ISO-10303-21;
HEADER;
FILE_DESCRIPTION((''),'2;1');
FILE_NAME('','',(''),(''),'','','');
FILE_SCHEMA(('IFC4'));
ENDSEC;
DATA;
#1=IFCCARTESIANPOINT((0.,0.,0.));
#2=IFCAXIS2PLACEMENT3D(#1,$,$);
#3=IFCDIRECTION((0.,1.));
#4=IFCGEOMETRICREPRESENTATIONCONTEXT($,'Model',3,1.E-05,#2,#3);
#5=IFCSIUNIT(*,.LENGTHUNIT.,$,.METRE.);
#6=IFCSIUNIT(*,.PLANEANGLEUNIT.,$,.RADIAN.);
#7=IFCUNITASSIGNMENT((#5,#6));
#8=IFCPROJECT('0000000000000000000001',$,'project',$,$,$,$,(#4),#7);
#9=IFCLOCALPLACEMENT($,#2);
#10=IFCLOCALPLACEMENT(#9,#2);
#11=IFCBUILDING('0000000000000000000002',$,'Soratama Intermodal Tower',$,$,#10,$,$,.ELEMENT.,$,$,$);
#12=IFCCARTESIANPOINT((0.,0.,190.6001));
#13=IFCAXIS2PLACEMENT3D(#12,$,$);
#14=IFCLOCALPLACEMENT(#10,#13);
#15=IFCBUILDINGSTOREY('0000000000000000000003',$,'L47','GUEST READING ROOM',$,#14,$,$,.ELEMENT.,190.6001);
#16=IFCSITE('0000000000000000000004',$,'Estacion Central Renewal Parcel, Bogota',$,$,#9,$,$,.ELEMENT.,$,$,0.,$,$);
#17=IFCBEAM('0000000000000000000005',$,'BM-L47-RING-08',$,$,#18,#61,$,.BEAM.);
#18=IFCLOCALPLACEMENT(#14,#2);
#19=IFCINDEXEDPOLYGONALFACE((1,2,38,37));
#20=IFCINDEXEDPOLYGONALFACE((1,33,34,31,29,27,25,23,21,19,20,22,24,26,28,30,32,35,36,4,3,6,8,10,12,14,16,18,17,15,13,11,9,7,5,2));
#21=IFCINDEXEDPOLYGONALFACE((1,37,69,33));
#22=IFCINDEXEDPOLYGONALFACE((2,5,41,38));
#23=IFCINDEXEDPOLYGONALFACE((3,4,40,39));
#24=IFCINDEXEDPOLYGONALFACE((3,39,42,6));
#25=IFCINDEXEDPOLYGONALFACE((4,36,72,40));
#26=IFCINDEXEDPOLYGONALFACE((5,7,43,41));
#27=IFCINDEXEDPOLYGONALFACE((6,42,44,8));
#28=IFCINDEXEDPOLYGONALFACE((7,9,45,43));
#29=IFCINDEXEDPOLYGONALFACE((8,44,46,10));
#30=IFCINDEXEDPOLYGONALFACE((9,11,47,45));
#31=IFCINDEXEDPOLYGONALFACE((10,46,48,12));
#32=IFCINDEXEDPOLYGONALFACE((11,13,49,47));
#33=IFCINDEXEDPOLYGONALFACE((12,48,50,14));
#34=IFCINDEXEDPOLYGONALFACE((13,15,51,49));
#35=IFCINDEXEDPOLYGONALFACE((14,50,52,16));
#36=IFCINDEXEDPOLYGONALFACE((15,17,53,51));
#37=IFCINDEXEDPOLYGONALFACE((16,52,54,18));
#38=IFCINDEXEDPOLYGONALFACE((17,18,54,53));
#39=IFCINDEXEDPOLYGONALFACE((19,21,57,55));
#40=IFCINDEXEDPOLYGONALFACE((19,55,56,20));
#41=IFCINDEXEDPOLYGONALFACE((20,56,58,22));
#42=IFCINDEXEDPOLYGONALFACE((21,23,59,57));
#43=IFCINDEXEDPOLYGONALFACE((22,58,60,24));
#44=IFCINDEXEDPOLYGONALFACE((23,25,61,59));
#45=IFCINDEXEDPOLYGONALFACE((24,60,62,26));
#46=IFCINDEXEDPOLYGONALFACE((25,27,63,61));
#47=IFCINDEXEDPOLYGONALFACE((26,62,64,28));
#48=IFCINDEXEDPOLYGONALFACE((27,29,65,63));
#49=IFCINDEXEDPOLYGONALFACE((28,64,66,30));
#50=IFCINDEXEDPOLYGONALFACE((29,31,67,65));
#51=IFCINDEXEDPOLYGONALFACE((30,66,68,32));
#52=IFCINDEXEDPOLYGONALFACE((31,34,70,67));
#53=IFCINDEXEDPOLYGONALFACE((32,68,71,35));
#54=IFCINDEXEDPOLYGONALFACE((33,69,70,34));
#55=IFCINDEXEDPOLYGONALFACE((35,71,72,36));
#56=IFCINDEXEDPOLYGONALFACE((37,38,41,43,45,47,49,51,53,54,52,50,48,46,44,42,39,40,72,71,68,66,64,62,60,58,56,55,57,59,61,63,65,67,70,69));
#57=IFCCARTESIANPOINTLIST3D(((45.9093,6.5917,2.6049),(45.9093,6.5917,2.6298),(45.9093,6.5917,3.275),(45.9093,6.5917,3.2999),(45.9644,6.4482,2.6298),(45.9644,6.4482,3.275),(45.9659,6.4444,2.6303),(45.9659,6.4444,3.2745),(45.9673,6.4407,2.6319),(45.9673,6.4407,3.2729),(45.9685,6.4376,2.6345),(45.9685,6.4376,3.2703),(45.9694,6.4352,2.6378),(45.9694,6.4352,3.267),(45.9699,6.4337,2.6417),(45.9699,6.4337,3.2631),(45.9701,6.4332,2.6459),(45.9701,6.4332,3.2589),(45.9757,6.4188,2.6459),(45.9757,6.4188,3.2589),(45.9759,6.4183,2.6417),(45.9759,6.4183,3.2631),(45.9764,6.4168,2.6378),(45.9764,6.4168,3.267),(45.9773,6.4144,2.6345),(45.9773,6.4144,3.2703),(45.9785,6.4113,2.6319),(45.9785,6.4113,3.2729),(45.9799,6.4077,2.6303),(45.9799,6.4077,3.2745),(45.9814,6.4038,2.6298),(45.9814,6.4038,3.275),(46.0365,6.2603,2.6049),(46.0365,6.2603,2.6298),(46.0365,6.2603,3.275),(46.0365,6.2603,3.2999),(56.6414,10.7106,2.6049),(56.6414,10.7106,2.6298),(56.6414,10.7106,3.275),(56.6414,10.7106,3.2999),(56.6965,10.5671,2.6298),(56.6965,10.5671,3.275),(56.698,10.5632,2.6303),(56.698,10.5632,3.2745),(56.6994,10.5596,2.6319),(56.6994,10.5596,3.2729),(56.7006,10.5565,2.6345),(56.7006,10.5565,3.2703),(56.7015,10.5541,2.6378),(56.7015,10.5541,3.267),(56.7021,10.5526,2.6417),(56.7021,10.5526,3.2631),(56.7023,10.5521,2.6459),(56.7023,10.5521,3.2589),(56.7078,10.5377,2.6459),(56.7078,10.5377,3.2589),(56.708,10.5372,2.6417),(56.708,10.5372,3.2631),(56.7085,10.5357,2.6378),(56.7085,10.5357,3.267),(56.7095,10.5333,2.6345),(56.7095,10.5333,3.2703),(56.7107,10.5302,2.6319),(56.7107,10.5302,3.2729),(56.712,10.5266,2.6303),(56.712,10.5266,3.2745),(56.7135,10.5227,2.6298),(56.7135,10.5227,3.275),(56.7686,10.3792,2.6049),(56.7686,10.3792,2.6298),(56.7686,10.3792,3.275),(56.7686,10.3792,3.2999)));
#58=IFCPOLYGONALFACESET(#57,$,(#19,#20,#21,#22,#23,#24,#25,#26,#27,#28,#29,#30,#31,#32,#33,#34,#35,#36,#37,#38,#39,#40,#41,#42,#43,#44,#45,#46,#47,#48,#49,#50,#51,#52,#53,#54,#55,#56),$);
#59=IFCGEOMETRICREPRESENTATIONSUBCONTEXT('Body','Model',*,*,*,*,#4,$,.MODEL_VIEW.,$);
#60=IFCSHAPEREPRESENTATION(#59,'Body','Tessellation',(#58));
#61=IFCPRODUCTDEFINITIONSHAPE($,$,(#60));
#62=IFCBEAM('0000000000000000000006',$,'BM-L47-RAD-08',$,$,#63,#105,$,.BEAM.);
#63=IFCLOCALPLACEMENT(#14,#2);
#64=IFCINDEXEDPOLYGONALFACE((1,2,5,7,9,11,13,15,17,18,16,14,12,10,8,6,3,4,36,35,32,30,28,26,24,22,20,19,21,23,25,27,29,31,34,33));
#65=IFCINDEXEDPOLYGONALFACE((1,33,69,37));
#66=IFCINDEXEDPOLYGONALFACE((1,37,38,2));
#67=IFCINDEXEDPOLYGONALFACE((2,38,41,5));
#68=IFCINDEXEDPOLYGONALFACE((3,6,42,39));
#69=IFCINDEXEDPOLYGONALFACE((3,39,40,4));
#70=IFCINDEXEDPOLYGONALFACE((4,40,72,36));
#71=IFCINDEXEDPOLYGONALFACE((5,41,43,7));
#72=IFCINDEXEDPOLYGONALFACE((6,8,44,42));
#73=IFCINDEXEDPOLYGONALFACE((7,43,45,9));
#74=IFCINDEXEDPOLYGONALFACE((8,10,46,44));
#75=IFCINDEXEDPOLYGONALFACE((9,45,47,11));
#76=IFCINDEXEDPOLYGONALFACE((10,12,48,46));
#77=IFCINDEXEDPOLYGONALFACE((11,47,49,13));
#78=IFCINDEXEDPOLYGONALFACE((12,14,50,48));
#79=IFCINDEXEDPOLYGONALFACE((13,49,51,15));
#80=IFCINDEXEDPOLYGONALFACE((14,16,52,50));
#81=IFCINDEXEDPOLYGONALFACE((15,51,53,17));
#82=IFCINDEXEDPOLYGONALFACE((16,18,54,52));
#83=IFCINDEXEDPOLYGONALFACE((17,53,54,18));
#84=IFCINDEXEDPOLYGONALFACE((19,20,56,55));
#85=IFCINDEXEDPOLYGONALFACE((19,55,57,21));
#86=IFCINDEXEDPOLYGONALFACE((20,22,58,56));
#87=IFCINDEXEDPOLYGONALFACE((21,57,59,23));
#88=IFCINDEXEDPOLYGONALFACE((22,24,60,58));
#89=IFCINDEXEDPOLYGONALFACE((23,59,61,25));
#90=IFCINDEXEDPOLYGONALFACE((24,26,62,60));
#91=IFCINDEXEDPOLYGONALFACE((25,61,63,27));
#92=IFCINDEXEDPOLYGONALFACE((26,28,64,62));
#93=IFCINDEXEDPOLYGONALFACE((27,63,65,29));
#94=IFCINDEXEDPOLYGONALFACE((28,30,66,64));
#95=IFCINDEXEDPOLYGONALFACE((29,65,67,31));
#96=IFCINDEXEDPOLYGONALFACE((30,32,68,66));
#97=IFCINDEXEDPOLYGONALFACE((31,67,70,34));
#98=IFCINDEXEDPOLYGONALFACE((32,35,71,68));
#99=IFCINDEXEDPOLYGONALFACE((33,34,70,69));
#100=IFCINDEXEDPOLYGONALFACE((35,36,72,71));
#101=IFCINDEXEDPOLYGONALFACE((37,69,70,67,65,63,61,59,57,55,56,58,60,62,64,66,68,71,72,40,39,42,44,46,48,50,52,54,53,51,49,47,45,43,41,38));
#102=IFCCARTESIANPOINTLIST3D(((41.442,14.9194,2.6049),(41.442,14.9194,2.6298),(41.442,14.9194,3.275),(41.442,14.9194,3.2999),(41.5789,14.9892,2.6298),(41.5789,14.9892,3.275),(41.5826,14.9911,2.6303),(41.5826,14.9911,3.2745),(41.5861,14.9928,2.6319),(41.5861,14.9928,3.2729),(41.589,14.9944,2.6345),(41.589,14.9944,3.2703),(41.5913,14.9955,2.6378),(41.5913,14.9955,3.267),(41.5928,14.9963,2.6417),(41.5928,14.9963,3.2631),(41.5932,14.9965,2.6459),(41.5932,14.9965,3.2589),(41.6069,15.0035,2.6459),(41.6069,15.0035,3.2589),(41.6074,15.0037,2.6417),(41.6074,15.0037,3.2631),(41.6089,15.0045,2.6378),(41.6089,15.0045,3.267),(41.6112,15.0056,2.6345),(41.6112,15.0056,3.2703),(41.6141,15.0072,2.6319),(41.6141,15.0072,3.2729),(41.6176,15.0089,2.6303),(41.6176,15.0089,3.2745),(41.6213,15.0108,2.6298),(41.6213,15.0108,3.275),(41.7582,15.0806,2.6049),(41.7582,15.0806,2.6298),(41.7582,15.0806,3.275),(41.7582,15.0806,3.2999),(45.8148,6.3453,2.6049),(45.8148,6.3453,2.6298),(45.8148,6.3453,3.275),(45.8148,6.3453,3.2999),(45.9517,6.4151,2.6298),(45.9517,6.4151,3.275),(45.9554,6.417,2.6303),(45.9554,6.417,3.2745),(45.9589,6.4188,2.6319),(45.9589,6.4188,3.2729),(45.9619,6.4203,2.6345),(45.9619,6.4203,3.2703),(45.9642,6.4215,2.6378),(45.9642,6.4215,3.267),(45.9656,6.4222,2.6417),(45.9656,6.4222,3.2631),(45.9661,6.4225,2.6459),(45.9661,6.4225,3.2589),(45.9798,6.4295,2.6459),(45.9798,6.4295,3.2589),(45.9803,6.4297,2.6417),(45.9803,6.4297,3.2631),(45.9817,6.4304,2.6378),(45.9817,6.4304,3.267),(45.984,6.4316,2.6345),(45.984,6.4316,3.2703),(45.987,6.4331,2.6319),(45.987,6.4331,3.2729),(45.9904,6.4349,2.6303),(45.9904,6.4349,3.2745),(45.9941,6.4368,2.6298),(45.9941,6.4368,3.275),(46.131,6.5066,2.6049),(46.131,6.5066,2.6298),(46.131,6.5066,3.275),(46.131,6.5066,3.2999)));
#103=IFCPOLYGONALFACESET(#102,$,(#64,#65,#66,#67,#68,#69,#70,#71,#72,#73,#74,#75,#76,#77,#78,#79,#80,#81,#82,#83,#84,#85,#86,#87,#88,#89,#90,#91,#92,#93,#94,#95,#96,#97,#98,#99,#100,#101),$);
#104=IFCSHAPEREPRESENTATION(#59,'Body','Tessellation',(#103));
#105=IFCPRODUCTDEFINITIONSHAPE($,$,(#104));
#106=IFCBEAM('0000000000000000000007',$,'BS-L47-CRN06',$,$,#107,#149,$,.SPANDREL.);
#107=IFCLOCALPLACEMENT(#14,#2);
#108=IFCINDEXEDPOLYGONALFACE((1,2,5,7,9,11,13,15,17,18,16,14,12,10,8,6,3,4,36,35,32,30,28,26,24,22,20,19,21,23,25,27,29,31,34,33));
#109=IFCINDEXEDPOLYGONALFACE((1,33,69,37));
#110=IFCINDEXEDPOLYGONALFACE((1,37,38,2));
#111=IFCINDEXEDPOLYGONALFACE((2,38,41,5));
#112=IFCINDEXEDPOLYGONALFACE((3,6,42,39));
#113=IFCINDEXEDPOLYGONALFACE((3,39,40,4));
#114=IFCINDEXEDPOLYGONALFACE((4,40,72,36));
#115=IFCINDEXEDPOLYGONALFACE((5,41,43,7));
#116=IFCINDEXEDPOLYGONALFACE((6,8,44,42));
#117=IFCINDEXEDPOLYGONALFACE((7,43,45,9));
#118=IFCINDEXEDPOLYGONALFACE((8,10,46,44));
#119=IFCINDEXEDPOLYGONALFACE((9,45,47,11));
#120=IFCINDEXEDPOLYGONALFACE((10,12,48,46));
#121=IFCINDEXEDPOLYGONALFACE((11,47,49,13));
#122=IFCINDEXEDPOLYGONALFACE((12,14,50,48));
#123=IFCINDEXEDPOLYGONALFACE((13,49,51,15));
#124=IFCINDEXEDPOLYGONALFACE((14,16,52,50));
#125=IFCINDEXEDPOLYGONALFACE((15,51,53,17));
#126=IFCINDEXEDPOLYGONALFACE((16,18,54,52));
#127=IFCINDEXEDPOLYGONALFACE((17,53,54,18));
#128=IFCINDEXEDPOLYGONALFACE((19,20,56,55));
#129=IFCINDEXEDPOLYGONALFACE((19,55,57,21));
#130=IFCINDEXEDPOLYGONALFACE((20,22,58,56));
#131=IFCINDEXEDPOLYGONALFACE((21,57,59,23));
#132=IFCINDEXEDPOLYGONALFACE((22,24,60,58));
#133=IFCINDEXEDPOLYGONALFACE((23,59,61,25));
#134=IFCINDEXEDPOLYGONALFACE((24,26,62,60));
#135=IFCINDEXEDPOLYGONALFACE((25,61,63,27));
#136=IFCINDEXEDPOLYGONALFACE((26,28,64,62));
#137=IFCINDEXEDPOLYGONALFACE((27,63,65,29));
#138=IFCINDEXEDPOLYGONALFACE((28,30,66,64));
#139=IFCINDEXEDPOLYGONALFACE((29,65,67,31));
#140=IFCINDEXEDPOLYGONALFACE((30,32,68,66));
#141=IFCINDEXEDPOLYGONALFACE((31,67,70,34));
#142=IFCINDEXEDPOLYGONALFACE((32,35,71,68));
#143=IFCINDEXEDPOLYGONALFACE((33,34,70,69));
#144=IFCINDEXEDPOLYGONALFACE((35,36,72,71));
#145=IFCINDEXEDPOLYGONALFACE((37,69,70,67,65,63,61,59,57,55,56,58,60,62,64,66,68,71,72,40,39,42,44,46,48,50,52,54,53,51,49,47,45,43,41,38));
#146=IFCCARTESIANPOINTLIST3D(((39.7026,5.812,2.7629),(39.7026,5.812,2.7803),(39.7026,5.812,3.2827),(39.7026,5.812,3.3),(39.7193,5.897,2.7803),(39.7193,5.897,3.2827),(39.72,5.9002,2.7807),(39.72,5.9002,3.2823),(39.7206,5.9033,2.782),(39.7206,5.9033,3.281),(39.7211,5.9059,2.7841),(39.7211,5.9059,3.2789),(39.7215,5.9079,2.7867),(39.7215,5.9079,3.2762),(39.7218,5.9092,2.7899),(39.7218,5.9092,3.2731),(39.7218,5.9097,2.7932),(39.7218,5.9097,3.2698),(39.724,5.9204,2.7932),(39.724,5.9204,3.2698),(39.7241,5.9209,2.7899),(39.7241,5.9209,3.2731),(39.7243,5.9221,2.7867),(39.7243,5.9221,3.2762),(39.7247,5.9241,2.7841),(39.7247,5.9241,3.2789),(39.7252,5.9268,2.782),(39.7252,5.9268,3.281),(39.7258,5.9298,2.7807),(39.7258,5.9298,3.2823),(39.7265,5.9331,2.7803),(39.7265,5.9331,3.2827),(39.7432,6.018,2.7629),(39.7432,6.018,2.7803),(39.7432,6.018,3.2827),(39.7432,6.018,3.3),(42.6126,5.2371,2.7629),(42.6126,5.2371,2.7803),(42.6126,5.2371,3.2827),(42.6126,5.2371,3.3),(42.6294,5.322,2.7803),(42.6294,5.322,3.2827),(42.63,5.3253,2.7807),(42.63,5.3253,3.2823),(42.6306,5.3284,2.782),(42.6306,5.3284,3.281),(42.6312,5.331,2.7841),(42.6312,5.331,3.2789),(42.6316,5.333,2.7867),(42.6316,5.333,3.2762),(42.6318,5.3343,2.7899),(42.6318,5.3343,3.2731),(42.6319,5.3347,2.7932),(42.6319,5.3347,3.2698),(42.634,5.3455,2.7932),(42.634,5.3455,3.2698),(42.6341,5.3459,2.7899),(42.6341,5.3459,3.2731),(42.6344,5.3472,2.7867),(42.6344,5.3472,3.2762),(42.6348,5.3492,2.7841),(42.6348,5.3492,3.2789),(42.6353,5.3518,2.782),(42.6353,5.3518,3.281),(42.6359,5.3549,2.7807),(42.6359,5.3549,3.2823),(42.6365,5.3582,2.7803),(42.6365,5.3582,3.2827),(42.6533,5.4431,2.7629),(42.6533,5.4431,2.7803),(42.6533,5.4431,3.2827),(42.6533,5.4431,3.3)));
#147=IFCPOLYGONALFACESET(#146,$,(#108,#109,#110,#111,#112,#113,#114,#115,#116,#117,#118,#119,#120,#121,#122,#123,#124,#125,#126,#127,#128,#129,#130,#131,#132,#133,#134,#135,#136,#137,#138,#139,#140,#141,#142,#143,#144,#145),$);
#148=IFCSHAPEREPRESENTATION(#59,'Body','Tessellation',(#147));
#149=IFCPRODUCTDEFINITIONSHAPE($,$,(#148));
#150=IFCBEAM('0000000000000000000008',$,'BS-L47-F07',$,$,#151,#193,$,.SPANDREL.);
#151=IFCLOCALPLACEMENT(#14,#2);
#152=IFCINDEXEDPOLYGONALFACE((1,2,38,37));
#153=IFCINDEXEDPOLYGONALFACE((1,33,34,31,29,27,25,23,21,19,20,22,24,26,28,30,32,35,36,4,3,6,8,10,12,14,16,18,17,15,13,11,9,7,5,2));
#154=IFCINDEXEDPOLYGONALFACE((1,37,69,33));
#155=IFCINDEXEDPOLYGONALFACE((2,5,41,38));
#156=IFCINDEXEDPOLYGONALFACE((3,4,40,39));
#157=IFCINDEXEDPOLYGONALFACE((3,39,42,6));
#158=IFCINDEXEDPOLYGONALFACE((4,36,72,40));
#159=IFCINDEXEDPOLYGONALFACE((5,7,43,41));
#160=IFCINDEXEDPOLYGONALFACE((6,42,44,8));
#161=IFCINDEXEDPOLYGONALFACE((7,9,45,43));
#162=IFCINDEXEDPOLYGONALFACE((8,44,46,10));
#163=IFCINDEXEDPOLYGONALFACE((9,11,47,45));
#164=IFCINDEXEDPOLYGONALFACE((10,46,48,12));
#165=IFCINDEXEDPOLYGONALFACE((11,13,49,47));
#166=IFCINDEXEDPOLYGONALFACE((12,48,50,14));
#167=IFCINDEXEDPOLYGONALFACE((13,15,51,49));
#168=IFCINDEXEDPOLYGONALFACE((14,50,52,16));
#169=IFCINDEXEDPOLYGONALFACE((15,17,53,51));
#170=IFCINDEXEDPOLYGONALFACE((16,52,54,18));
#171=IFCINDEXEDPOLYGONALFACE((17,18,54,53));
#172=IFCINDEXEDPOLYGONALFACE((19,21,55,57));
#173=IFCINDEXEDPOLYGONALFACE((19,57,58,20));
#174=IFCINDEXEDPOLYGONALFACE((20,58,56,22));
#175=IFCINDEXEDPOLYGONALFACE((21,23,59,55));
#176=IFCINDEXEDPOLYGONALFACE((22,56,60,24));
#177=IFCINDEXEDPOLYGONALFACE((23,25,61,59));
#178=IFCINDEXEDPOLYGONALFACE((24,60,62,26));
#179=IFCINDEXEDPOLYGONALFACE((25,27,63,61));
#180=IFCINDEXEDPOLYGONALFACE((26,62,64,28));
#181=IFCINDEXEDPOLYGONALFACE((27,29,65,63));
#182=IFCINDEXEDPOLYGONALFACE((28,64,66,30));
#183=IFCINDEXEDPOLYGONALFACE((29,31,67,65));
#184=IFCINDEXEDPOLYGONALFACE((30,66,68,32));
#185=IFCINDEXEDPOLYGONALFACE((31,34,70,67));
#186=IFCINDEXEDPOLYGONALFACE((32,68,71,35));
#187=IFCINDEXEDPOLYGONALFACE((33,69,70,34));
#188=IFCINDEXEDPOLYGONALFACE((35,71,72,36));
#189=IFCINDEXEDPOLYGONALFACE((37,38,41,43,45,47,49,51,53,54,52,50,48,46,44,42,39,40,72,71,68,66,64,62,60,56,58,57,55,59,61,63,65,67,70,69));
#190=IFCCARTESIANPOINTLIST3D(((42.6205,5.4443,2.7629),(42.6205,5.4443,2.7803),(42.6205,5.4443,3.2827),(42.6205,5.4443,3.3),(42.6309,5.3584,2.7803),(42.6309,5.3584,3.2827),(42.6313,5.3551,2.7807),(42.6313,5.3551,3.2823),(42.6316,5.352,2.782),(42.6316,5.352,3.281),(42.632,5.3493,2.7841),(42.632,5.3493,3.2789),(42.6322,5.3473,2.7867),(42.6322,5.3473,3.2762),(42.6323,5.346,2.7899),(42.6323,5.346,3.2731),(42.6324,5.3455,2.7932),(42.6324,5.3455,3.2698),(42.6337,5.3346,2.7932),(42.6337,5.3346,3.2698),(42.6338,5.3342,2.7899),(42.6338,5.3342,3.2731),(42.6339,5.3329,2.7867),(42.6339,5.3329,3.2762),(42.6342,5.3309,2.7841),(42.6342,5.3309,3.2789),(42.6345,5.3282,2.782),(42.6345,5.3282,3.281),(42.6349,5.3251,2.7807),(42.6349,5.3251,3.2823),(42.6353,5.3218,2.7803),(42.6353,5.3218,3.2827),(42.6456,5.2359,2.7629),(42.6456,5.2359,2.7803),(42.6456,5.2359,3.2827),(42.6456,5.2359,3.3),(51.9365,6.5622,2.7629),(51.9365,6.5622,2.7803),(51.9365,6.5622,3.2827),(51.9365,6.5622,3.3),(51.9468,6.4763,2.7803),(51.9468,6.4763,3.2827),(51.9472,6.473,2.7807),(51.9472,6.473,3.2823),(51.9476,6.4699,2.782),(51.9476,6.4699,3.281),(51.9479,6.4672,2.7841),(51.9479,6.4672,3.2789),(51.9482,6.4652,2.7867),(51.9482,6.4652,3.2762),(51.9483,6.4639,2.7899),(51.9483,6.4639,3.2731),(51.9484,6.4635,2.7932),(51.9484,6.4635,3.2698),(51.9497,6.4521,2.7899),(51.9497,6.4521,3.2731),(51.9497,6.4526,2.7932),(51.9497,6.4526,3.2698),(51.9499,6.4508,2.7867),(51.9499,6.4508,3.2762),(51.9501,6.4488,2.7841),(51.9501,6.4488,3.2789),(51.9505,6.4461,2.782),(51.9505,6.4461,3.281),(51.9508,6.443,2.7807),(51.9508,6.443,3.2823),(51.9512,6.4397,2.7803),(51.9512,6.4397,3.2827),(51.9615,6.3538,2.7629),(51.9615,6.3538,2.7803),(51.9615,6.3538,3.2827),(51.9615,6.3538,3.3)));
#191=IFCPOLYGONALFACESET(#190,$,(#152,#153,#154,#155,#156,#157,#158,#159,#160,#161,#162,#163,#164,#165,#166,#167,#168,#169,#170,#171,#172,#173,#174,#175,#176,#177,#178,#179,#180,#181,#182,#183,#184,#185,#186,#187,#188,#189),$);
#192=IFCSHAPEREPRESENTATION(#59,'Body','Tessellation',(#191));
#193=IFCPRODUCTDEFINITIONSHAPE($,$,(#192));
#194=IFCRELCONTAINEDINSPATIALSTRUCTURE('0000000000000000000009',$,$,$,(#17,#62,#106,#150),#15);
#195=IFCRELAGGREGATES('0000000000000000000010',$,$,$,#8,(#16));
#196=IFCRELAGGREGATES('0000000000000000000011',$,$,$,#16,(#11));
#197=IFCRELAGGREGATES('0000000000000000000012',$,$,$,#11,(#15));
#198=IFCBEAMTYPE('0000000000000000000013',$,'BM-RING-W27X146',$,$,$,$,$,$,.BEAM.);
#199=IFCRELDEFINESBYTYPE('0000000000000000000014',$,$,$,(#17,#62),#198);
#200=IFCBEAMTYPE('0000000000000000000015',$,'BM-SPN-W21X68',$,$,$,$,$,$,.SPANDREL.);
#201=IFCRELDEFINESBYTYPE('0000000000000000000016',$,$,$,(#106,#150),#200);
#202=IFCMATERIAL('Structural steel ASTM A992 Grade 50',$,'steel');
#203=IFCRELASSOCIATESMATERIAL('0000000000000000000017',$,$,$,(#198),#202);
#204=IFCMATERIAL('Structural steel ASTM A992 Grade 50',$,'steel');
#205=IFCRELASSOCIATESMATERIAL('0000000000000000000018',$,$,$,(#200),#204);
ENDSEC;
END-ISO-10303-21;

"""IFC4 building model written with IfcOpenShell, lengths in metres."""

from ifc_helpers import new_model, si_unit, direction, frame, origin, origin_2d, place, context, subcontext, project, spatial, i_section, extrude, material, material_profile, profile_set, type_object, element, save


model = new_model("IFC4")

# Units and contexts
model_context = context("Model", 3, precision=1e-05, world=origin(), true_north=direction((0.0, 1.0)))
body_context = subcontext(model_context, "Body", "Model", "MODEL_VIEW")
ifc_project = project(units=[si_unit("LENGTHUNIT", "METRE"), si_unit("PLANEANGLEUNIT", "RADIAN")], contexts=[model_context])

# Site, building, storey
site_placement = place(None, origin())
site = spatial("IfcSite", under=ifc_project, at=site_placement, Name="Estacion Central Renewal Parcel, Bogota", CompositionType="ELEMENT", RefElevation=0.0)
building_placement = place(site_placement, origin())
building = spatial("IfcBuilding", under=site, at=building_placement, Name="Soratama Intermodal Tower", CompositionType="ELEMENT")
storey_placement = place(building_placement, frame((0.0, 0.0, 190.6001)))
storey = spatial("IfcBuildingStorey", under=building, at=storey_placement, Name="L47", Description="GUEST READING ROOM", CompositionType="ELEMENT", Elevation=190.6001)

# Beams
ifc_material_1 = material(Name="Structural steel ASTM A992 Grade 50", Category="steel")
ifc_material_profile_1 = material_profile(ifc_material_1, i_section(OverallWidth=0.355, OverallDepth=0.6951, WebThickness=0.0154, FlangeThickness=0.0249, FilletRadius=0.0161, at=origin_2d()), Name="W27X146")
ifc_profile_set_1 = profile_set([ifc_material_profile_1], Name="Structural steel ASTM A992 Grade 50")
beam_type_1 = type_object("IfcBeamType", Name="BM-RING-W27X146", PredefinedType="BEAM", material=ifc_profile_set_1)
beam_1_placement = place(storey_placement, frame((45.9729, 6.426, 2.9524), z_axis=(0.933604, 0.358307, 0.0), x_axis=(-0.358307, 0.933604, 0.0)))
element("IfcBeam", 1, at=beam_1_placement, inside=storey, type_object=beam_type_1, Name="BM-L47-RING-08", PredefinedType="BEAM", context=body_context, shape_type="SweptSolid", body=[
    extrude(i_section(OverallWidth=0.355, OverallDepth=0.6951, WebThickness=0.0154, FlangeThickness=0.0249, FilletRadius=0.0161, at=origin_2d()), origin(), (0.0, 0.0, 1.0), 11.4954),
])
beam_2_placement = place(storey_placement, frame((41.6001, 15.0, 2.9524), z_axis=(0.454332, -0.890832, 0.0), x_axis=(0.890832, 0.454332, 0.0)))
element("IfcBeam", 2, at=beam_2_placement, inside=storey, type_object=beam_type_1, Name="BM-L47-RAD-08", PredefinedType="BEAM", context=body_context, shape_type="SweptSolid", body=[
    extrude(i_section(OverallWidth=0.355, OverallDepth=0.6951, WebThickness=0.0154, FlangeThickness=0.0249, FilletRadius=0.0161, at=origin_2d()), origin(), (0.0, 0.0, 1.0), 9.6248),
])
ifc_material_2 = material(Name="Structural steel ASTM A992 Grade 50", Category="steel")
ifc_material_profile_2 = material_profile(ifc_material_2, i_section(OverallWidth=0.21, OverallDepth=0.5371, WebThickness=0.011, FlangeThickness=0.0173, FilletRadius=0.0129, at=origin_2d()), Name="W21X68")
ifc_profile_set_2 = profile_set([ifc_material_profile_2], Name="Structural steel ASTM A992 Grade 50")
beam_type_2 = type_object("IfcBeamType", Name="BM-SPN-W21X68", PredefinedType="SPANDREL", material=ifc_profile_set_2)
beam_3_placement = place(storey_placement, frame((39.7229, 5.915, 3.0315), z_axis=(0.981037, -0.193821, 0.0), x_axis=(0.193821, 0.981037, 0.0)))
element("IfcBeam", 3, at=beam_3_placement, inside=storey, type_object=beam_type_2, Name="BS-L47-CRN06", PredefinedType="SPANDREL", context=body_context, shape_type="SweptSolid", body=[
    extrude(i_section(OverallWidth=0.21, OverallDepth=0.5371, WebThickness=0.011, FlangeThickness=0.0173, FilletRadius=0.0129, at=origin_2d()), origin(), (0.0, 0.0, 1.0), 2.9663),
])
beam_4_placement = place(storey_placement, frame((42.6331, 5.3401, 3.0315), z_axis=(0.992877, 0.119146, 0.0), x_axis=(-0.119146, 0.992877, 0.0)))
element("IfcBeam", 4, at=beam_4_placement, inside=storey, type_object=beam_type_2, Name="BS-L47-F07", PredefinedType="SPANDREL", context=body_context, shape_type="SweptSolid", body=[
    extrude(i_section(OverallWidth=0.21, OverallDepth=0.5371, WebThickness=0.011, FlangeThickness=0.0173, FilletRadius=0.0129, at=origin_2d()), origin(), (0.0, 0.0, 1.0), 9.3828),
])

save(model, "model.ifc")
